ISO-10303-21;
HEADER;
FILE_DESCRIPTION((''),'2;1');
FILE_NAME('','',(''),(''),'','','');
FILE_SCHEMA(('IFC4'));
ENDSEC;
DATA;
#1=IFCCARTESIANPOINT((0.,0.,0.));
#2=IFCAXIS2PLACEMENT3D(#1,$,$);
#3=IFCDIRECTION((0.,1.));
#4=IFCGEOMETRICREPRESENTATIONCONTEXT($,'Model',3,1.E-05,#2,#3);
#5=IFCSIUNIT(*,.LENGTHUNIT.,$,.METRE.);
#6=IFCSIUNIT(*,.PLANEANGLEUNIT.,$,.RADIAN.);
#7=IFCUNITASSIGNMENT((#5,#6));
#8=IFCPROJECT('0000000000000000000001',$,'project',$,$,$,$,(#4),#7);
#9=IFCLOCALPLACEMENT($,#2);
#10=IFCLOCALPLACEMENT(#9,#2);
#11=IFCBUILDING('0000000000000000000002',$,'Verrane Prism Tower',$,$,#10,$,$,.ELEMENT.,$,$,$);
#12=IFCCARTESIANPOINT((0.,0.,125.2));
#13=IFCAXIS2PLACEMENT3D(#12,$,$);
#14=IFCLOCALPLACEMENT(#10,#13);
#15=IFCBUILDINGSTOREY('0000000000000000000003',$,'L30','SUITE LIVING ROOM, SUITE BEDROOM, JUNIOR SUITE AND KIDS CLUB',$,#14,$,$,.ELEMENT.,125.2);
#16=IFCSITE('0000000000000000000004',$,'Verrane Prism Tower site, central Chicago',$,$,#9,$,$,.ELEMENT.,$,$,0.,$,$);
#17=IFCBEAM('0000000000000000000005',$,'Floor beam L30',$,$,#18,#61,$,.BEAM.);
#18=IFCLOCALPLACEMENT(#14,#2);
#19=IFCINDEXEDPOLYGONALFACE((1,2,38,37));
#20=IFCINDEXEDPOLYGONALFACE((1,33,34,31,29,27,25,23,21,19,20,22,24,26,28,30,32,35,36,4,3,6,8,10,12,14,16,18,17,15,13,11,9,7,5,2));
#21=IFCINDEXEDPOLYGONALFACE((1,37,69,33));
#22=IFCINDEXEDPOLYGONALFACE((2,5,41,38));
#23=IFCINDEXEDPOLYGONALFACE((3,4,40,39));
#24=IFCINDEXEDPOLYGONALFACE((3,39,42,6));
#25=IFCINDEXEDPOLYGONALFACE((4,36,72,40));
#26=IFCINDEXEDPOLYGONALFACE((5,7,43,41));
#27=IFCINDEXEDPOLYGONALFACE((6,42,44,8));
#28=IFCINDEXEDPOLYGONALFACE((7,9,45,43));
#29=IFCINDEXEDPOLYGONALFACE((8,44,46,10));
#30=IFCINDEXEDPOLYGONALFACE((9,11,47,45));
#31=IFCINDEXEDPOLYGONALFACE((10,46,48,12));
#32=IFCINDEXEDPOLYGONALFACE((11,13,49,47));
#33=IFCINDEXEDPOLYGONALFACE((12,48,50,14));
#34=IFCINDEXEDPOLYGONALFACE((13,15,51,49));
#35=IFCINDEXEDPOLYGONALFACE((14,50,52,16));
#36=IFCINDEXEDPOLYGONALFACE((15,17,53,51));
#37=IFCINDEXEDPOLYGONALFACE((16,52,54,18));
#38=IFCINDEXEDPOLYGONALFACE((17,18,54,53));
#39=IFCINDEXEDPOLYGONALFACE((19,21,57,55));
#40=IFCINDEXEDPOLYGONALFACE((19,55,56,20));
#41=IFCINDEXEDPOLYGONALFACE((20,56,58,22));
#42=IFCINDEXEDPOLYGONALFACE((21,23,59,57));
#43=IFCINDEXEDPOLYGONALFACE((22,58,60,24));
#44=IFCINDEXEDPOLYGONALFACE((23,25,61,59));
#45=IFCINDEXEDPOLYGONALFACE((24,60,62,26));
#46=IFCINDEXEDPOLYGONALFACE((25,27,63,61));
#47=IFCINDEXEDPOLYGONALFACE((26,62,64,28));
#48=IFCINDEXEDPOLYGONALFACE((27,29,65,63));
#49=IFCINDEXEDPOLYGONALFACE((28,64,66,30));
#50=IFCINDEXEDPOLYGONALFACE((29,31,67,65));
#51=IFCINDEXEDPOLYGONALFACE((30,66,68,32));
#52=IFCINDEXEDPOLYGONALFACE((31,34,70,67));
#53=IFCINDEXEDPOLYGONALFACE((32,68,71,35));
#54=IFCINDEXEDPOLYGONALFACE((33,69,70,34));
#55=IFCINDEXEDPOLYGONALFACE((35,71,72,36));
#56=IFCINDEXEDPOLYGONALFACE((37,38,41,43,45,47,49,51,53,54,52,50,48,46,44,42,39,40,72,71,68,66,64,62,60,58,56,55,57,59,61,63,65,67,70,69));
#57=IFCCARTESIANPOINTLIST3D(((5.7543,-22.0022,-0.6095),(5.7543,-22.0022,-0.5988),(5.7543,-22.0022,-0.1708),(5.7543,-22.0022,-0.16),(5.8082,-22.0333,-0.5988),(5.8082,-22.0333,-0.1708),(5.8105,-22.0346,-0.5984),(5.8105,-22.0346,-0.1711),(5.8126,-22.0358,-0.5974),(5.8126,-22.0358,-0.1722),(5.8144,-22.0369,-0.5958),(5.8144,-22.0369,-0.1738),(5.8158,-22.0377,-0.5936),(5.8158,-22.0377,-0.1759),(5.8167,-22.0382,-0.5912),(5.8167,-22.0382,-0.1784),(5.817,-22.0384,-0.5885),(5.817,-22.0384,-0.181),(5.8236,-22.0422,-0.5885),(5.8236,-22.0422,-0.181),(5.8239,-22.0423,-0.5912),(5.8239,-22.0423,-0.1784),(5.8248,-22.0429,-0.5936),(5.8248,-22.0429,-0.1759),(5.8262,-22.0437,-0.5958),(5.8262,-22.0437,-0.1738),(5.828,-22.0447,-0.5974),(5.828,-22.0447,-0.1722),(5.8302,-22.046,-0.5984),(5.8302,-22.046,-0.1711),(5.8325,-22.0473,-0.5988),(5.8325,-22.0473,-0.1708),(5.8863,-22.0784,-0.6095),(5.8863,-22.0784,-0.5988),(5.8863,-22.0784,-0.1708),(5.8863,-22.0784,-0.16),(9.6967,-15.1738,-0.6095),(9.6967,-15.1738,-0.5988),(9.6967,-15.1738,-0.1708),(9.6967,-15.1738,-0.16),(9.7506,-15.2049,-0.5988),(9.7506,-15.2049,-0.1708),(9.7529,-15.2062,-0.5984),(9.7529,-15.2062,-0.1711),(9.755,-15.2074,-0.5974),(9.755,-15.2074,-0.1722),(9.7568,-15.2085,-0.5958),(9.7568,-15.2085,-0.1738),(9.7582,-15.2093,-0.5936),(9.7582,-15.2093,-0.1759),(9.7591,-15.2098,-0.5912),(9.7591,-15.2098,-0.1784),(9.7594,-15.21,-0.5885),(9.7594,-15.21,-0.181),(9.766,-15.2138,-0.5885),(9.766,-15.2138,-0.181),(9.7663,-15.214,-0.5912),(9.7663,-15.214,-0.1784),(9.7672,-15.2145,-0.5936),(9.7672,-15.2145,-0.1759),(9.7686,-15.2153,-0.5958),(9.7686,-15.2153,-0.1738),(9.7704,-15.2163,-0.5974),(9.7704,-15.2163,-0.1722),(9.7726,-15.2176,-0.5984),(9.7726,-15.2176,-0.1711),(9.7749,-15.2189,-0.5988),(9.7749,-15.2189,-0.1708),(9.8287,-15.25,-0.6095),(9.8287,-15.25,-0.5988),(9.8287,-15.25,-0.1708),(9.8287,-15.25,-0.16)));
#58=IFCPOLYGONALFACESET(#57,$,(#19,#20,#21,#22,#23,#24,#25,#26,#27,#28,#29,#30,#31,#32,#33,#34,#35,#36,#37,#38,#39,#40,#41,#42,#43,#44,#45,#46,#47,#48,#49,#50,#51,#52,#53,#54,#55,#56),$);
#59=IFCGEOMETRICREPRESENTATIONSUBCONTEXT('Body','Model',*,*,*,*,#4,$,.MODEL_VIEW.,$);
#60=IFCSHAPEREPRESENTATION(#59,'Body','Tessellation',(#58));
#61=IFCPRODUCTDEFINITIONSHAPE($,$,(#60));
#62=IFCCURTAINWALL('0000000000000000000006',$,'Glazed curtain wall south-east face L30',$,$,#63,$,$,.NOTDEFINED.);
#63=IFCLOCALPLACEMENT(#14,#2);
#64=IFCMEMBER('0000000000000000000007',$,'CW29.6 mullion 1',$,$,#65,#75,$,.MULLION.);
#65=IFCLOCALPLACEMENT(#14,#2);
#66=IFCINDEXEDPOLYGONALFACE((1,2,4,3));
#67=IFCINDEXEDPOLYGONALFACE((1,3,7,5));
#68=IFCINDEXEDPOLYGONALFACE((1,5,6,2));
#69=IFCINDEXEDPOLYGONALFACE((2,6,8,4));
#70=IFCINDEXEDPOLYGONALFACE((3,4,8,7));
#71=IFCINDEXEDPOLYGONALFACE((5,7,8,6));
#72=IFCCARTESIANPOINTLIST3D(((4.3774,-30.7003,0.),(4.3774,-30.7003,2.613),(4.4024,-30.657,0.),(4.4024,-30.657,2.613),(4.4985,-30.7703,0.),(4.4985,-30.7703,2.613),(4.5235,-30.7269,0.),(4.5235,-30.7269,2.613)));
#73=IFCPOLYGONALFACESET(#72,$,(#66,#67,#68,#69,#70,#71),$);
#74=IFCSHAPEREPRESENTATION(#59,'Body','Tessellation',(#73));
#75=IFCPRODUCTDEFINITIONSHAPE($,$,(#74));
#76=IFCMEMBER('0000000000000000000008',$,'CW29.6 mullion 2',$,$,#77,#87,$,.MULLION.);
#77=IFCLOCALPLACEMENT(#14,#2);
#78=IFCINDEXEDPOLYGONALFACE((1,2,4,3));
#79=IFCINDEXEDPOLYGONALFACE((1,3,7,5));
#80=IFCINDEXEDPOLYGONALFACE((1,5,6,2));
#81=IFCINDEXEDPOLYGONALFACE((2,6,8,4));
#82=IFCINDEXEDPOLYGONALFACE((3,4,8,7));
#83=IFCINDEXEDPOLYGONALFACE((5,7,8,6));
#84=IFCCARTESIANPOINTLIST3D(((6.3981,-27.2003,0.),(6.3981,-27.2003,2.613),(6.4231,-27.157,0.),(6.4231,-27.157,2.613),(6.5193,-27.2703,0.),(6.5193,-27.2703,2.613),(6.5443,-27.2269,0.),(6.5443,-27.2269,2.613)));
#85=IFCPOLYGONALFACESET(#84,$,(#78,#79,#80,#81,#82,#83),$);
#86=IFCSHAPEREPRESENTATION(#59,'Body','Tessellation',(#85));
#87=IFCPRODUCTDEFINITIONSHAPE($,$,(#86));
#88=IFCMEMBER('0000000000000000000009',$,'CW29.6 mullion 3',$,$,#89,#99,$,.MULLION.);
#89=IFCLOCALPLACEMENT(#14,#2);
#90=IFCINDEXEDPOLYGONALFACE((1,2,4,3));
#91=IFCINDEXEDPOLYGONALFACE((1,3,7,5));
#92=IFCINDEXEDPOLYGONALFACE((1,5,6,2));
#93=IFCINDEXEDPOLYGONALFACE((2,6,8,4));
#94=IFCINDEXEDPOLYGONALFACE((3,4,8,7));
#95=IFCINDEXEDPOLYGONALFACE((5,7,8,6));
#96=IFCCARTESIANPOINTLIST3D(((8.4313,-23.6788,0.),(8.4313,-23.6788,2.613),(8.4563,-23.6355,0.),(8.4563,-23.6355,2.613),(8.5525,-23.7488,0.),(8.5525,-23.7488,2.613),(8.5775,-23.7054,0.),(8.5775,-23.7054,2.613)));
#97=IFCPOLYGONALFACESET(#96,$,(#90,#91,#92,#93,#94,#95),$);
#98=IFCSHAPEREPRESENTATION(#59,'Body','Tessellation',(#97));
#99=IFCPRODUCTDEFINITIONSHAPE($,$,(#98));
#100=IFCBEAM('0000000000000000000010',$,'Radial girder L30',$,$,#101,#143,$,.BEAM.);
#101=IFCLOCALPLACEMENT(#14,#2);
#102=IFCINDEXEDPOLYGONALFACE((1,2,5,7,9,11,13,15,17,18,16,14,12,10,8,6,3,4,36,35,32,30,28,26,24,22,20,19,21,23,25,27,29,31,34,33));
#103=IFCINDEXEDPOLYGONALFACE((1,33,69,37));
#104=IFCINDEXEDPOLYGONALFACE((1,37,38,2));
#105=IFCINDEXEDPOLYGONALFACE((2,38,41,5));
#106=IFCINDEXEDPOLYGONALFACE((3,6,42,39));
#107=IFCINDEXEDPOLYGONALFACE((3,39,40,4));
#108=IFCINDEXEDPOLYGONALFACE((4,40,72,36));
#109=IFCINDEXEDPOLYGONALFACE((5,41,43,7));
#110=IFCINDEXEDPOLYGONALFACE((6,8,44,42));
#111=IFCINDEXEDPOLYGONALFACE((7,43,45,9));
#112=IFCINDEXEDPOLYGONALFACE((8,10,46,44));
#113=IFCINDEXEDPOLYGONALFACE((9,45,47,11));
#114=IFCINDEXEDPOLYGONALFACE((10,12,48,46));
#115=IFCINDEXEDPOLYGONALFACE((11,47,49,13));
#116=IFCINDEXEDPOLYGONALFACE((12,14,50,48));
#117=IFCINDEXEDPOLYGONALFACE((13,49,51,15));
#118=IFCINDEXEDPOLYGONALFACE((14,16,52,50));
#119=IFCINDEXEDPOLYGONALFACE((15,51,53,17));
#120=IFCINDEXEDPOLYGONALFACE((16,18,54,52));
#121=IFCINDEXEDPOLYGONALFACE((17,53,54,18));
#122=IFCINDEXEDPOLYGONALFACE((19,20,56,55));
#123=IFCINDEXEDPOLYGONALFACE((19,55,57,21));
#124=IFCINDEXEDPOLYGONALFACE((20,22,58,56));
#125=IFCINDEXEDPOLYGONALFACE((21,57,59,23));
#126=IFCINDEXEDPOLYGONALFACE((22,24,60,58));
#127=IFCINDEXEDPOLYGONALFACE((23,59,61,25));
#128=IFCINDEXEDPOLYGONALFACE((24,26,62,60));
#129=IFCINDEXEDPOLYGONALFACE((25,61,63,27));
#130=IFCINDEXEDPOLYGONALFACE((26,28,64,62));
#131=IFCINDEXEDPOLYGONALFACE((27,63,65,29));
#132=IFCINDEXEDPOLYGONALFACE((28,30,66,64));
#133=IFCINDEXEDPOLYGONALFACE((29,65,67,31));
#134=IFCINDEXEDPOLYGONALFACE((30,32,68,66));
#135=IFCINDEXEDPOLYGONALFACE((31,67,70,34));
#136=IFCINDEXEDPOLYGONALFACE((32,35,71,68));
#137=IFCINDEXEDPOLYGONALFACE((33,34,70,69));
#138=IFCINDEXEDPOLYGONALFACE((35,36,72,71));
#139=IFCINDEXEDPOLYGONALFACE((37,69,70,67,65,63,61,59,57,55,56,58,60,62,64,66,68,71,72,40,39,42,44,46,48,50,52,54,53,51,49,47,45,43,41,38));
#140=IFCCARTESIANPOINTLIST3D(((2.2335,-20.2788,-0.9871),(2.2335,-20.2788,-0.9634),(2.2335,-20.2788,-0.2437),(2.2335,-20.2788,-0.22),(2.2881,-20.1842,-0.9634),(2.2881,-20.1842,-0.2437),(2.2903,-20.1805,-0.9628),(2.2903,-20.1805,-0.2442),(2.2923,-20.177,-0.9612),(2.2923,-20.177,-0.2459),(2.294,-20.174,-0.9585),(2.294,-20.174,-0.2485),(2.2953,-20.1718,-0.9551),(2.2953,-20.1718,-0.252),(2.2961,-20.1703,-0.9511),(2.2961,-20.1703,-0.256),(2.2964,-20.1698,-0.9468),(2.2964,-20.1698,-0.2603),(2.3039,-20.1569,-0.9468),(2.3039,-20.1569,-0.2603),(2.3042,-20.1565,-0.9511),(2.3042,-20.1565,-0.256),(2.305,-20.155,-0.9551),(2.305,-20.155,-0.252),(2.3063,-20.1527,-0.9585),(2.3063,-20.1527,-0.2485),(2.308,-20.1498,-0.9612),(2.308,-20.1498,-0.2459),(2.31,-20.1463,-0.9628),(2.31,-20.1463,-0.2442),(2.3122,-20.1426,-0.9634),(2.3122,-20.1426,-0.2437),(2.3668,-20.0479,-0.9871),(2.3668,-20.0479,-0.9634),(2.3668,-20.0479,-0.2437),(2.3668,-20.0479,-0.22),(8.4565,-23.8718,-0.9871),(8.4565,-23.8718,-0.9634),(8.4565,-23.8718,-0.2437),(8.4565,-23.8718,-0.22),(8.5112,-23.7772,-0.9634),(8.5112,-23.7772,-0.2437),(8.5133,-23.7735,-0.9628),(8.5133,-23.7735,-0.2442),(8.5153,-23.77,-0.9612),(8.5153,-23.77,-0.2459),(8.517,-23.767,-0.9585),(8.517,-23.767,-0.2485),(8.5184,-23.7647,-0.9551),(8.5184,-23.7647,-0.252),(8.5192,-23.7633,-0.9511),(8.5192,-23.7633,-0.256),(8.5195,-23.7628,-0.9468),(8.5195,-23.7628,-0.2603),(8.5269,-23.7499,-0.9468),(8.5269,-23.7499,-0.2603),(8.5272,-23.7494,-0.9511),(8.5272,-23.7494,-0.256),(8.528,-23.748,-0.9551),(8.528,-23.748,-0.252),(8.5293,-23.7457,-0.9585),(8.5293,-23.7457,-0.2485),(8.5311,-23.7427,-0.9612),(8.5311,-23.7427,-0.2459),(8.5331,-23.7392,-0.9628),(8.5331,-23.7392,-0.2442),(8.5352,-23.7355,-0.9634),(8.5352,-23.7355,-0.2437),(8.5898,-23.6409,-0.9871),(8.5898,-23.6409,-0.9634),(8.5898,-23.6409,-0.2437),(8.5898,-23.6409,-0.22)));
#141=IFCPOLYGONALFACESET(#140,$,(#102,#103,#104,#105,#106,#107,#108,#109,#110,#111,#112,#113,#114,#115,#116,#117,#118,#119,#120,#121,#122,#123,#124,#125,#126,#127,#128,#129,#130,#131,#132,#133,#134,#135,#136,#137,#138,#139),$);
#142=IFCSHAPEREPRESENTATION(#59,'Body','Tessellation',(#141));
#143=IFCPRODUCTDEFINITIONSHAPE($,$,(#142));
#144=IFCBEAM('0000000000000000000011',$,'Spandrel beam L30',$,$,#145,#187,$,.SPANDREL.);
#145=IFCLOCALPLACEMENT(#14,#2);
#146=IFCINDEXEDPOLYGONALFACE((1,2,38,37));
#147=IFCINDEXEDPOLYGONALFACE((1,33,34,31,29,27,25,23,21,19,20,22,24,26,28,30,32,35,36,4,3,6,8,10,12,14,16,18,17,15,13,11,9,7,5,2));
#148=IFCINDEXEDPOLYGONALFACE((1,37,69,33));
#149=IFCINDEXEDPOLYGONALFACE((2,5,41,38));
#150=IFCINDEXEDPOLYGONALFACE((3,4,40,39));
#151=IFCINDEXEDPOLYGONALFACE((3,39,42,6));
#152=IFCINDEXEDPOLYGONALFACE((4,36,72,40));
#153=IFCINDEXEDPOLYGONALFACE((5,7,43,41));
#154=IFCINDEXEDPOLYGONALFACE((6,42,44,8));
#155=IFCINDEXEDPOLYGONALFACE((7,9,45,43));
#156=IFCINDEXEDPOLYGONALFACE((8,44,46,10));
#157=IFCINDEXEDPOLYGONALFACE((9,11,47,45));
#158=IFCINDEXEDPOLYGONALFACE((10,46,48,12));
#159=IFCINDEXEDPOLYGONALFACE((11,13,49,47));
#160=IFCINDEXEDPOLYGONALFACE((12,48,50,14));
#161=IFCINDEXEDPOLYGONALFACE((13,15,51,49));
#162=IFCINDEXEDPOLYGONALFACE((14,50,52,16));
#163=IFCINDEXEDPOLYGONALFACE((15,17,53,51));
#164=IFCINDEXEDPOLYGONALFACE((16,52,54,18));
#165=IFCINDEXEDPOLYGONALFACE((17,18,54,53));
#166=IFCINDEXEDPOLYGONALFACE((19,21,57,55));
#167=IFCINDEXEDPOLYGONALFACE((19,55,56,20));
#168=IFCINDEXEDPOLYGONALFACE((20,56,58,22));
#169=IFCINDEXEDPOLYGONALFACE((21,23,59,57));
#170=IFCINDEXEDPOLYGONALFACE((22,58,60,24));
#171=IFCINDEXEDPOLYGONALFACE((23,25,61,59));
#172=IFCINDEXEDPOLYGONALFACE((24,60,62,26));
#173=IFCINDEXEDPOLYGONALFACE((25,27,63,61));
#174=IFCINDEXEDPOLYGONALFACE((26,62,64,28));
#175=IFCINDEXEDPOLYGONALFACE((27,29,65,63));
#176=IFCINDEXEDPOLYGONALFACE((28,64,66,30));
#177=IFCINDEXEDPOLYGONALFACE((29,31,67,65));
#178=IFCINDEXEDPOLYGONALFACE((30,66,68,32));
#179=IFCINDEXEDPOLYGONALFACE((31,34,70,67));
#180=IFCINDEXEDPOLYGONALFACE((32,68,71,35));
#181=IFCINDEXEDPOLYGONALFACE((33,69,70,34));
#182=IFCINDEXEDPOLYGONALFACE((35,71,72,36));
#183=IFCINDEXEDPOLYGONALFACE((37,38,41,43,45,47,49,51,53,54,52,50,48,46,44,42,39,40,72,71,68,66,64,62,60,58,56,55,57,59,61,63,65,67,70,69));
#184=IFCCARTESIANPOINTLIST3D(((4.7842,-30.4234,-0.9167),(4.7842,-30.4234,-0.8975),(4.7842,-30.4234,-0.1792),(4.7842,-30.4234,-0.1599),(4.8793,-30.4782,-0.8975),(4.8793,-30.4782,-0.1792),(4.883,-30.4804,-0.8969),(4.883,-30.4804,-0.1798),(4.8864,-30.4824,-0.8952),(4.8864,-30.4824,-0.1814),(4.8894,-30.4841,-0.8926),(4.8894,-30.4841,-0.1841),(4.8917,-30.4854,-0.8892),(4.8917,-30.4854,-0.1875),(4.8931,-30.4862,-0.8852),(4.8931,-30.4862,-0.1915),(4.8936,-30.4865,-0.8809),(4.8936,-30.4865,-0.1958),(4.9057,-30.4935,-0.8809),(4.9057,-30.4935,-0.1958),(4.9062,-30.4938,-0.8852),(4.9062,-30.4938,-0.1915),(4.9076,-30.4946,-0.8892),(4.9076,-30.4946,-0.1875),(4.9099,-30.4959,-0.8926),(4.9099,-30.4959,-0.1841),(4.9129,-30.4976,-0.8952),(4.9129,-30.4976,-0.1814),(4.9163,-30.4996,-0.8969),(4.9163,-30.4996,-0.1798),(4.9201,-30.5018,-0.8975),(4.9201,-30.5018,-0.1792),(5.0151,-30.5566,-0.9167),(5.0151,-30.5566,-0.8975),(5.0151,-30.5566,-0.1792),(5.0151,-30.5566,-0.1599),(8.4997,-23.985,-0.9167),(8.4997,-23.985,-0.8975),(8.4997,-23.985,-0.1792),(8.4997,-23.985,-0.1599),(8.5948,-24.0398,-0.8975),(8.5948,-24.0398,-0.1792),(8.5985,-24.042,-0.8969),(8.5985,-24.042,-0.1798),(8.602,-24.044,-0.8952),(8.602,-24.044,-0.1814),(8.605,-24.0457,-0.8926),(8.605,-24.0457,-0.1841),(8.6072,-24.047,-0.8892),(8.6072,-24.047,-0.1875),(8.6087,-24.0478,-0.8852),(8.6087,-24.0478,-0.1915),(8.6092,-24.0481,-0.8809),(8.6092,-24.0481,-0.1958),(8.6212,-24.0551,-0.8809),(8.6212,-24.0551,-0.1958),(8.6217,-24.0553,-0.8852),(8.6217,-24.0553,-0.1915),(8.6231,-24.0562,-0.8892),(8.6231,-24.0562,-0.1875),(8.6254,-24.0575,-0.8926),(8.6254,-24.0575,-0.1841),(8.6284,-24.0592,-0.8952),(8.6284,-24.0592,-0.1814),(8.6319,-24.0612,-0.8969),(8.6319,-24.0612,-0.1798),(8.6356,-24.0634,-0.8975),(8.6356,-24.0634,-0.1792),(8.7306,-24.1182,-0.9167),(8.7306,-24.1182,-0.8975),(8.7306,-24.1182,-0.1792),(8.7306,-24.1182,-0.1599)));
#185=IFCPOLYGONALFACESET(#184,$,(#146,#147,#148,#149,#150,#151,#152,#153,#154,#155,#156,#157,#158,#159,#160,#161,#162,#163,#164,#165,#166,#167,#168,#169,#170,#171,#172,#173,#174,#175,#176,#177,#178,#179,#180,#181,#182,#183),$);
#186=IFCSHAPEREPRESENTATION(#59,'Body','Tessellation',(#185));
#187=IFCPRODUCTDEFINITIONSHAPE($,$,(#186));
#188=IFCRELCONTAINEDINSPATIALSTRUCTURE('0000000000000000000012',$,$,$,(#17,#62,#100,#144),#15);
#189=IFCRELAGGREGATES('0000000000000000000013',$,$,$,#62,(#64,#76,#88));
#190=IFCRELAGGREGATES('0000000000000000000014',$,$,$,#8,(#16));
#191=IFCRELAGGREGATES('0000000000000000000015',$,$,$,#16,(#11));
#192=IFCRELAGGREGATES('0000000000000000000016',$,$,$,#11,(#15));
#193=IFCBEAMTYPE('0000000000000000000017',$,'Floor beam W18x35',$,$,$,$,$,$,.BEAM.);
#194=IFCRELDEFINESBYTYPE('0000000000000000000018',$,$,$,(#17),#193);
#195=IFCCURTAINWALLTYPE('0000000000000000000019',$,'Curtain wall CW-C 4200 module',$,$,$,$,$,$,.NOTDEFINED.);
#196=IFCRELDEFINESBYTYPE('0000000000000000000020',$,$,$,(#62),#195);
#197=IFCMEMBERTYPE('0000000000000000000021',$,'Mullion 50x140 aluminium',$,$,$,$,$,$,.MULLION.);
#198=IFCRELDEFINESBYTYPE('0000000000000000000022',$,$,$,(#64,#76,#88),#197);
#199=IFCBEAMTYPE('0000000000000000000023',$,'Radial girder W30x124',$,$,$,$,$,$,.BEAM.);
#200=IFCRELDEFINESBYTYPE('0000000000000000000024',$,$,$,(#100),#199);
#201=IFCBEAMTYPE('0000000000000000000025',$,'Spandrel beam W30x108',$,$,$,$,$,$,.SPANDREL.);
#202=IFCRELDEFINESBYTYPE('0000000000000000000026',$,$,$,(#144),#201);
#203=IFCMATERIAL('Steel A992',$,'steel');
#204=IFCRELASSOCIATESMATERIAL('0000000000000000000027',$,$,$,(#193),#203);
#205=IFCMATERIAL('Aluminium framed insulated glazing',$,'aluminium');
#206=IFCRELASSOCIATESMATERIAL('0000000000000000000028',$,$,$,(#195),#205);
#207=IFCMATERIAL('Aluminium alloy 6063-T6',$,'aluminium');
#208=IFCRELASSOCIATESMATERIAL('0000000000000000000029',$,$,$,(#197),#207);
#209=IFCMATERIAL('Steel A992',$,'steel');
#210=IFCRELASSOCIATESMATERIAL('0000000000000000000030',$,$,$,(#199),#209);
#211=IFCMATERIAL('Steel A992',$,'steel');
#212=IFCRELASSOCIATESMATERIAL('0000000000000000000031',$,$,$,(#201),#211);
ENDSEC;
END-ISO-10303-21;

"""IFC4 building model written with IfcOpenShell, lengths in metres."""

from ifc_helpers import new_model, si_unit, direction, frame, origin, origin_2d, place, context, subcontext, project, spatial, rectangle, i_section, extrude, material, material_profile, profile_set, type_object, element, aggregate, save


model = new_model("IFC4")

# Units and contexts
model_context = context("Model", 3, precision=1e-05, world=origin(), true_north=direction((0.0, 1.0)))
body_context = subcontext(model_context, "Body", "Model", "MODEL_VIEW")
ifc_project = project(units=[si_unit("LENGTHUNIT", "METRE"), si_unit("PLANEANGLEUNIT", "RADIAN")], contexts=[model_context])

# Site, building, storey
site_placement = place(None, origin())
site = spatial("IfcSite", under=ifc_project, at=site_placement, Name="Verrane Prism Tower site, central Chicago", CompositionType="ELEMENT", RefElevation=0.0)
building_placement = place(site_placement, origin())
building = spatial("IfcBuilding", under=site, at=building_placement, Name="Verrane Prism Tower", CompositionType="ELEMENT")
storey_placement = place(building_placement, frame((0.0, 0.0, 125.2)))
storey = spatial("IfcBuildingStorey", under=building, at=storey_placement, Name="L30", Description="SUITE LIVING ROOM, SUITE BEDROOM, JUNIOR SUITE AND KIDS CLUB", CompositionType="ELEMENT", Elevation=125.2)

# Beam
ifc_material_1 = material(Name="Steel A992", Category="steel")
ifc_material_profile_1 = material_profile(ifc_material_1, i_section(OverallWidth=0.1523, OverallDepth=0.4495, WebThickness=0.0076, FlangeThickness=0.0107, FilletRadius=0.0103, at=origin_2d()), Name="W18x35")
ifc_profile_set_1 = profile_set([ifc_material_profile_1], Name="Steel A992")
beam_type_1 = type_object("IfcBeamType", Name="Floor beam W18x35", PredefinedType="BEAM", material=ifc_profile_set_1)
beam_1_placement = place(storey_placement, frame((5.8203, -22.0403, -0.3848), z_axis=(0.500002, 0.866024, 0.0), x_axis=(-0.866024, 0.500002, 0.0)))
element("IfcBeam", 1, at=beam_1_placement, inside=storey, type_object=beam_type_1, Name="Floor beam L30", PredefinedType="BEAM", context=body_context, shape_type="SweptSolid", body=[
    extrude(i_section(OverallWidth=0.1523, OverallDepth=0.4495, WebThickness=0.0076, FlangeThickness=0.0107, FilletRadius=0.0103, at=origin_2d()), origin(), (0.0, 0.0, 1.0), 7.8848),
])

# Curtain wall, members
ifc_material_2 = material(Name="Aluminium framed insulated glazing", Category="aluminium")
curtain_wall_type_1 = type_object("IfcCurtainWallType", Name="Curtain wall CW-C 4200 module", PredefinedType="NOTDEFINED", material=ifc_material_2)
curtain_wall_1_placement = place(storey_placement, origin())
curtain_wall_1 = element("IfcCurtainWall", 2, at=curtain_wall_1_placement, inside=storey, type_object=curtain_wall_type_1, Name="Glazed curtain wall south-east face L30", PredefinedType="NOTDEFINED")
ifc_material_3 = material(Name="Aluminium alloy 6063-T6", Category="aluminium")
ifc_material_profile_2 = material_profile(ifc_material_3, rectangle(XDim=0.1399, YDim=0.05, at=origin_2d()), Name="Mullion 50x140 aluminium")
ifc_profile_set_2 = profile_set([ifc_material_profile_2], Name="Aluminium alloy 6063-T6")
member_type_1 = type_object("IfcMemberType", Name="Mullion 50x140 aluminium", PredefinedType="MULLION", material=ifc_profile_set_2)
member_1_placement = place(storey_placement, frame((4.4504, -30.7136, 0.0), z_axis=(0.0, 0.0, 1.0), x_axis=(-0.866025, 0.5, 0.0)))
member_1 = element("IfcMember", 3, at=member_1_placement, type_object=member_type_1, Name="CW29.6 mullion 1", PredefinedType="MULLION", context=body_context, shape_type="SweptSolid", body=[
    extrude(rectangle(XDim=0.1399, YDim=0.05, at=origin_2d()), origin(), (0.0, 0.0, 1.0), 2.613),
])
member_2_placement = place(storey_placement, frame((6.4712, -27.2136, 0.0), z_axis=(0.0, 0.0, 1.0), x_axis=(-0.866025, 0.5, 0.0)))
member_2 = element("IfcMember", 4, at=member_2_placement, type_object=member_type_1, Name="CW29.6 mullion 2", PredefinedType="MULLION", context=body_context, shape_type="SweptSolid", body=[
    extrude(rectangle(XDim=0.1399, YDim=0.05, at=origin_2d()), origin(), (0.0, 0.0, 1.0), 2.613),
])
member_3_placement = place(storey_placement, frame((8.5044, -23.6921, 0.0), z_axis=(0.0, 0.0, 1.0), x_axis=(-0.866025, 0.5, 0.0)))
member_3 = element("IfcMember", 5, at=member_3_placement, type_object=member_type_1, Name="CW29.6 mullion 3", PredefinedType="MULLION", context=body_context, shape_type="SweptSolid", body=[
    extrude(rectangle(XDim=0.1399, YDim=0.05, at=origin_2d()), origin(), (0.0, 0.0, 1.0), 2.613),
])

# Beams
ifc_material_4 = material(Name="Steel A992", Category="steel")
ifc_material_profile_3 = material_profile(ifc_material_4, i_section(OverallWidth=0.2666, OverallDepth=0.7671, WebThickness=0.0149, FlangeThickness=0.0237, FilletRadius=0.0166, at=origin_2d()), Name="W30x124")
ifc_profile_set_3 = profile_set([ifc_material_profile_3], Name="Steel A992")
beam_type_2 = type_object("IfcBeamType", Name="Radial girder W30x124", PredefinedType="BEAM", material=ifc_profile_set_3)
beam_2_placement = place(storey_placement, frame((8.5232, -23.7563, -0.6035), z_axis=(-0.86602, 0.500009, 0.0), x_axis=(-0.500009, -0.86602, 0.0)))
element("IfcBeam", 6, at=beam_2_placement, inside=storey, type_object=beam_type_2, Name="Radial girder L30", PredefinedType="BEAM", context=body_context, shape_type="SweptSolid", body=[
    extrude(i_section(OverallWidth=0.2666, OverallDepth=0.7671, WebThickness=0.0149, FlangeThickness=0.0237, FilletRadius=0.0166, at=origin_2d()), origin(), (0.0, 0.0, 1.0), 7.1858),
])
ifc_material_5 = material(Name="Steel A992", Category="steel")
ifc_material_profile_4 = material_profile(ifc_material_5, i_section(OverallWidth=0.2666, OverallDepth=0.7568, WebThickness=0.0139, FlangeThickness=0.0193, FilletRadius=0.0166, at=origin_2d()), Name="W30x108")
ifc_profile_set_4 = profile_set([ifc_material_profile_4], Name="Steel A992")
beam_type_3 = type_object("IfcBeamType", Name="Spandrel beam W30x108", PredefinedType="SPANDREL", material=ifc_profile_set_4)
beam_3_placement = place(storey_placement, frame((4.8997, -30.49, -0.5383), z_axis=(0.49983, 0.866123, 0.0), x_axis=(-0.866123, 0.49983, 0.0)))
element("IfcBeam", 7, at=beam_3_placement, inside=storey, type_object=beam_type_3, Name="Spandrel beam L30", PredefinedType="SPANDREL", context=body_context, shape_type="SweptSolid", body=[
    extrude(i_section(OverallWidth=0.2666, OverallDepth=0.7568, WebThickness=0.0139, FlangeThickness=0.0193, FilletRadius=0.0166, at=origin_2d()), origin(), (0.0, 0.0, 1.0), 7.4336),
])

aggregate(curtain_wall_1, [member_1, member_2, member_3])

save(model, "model.ifc")
